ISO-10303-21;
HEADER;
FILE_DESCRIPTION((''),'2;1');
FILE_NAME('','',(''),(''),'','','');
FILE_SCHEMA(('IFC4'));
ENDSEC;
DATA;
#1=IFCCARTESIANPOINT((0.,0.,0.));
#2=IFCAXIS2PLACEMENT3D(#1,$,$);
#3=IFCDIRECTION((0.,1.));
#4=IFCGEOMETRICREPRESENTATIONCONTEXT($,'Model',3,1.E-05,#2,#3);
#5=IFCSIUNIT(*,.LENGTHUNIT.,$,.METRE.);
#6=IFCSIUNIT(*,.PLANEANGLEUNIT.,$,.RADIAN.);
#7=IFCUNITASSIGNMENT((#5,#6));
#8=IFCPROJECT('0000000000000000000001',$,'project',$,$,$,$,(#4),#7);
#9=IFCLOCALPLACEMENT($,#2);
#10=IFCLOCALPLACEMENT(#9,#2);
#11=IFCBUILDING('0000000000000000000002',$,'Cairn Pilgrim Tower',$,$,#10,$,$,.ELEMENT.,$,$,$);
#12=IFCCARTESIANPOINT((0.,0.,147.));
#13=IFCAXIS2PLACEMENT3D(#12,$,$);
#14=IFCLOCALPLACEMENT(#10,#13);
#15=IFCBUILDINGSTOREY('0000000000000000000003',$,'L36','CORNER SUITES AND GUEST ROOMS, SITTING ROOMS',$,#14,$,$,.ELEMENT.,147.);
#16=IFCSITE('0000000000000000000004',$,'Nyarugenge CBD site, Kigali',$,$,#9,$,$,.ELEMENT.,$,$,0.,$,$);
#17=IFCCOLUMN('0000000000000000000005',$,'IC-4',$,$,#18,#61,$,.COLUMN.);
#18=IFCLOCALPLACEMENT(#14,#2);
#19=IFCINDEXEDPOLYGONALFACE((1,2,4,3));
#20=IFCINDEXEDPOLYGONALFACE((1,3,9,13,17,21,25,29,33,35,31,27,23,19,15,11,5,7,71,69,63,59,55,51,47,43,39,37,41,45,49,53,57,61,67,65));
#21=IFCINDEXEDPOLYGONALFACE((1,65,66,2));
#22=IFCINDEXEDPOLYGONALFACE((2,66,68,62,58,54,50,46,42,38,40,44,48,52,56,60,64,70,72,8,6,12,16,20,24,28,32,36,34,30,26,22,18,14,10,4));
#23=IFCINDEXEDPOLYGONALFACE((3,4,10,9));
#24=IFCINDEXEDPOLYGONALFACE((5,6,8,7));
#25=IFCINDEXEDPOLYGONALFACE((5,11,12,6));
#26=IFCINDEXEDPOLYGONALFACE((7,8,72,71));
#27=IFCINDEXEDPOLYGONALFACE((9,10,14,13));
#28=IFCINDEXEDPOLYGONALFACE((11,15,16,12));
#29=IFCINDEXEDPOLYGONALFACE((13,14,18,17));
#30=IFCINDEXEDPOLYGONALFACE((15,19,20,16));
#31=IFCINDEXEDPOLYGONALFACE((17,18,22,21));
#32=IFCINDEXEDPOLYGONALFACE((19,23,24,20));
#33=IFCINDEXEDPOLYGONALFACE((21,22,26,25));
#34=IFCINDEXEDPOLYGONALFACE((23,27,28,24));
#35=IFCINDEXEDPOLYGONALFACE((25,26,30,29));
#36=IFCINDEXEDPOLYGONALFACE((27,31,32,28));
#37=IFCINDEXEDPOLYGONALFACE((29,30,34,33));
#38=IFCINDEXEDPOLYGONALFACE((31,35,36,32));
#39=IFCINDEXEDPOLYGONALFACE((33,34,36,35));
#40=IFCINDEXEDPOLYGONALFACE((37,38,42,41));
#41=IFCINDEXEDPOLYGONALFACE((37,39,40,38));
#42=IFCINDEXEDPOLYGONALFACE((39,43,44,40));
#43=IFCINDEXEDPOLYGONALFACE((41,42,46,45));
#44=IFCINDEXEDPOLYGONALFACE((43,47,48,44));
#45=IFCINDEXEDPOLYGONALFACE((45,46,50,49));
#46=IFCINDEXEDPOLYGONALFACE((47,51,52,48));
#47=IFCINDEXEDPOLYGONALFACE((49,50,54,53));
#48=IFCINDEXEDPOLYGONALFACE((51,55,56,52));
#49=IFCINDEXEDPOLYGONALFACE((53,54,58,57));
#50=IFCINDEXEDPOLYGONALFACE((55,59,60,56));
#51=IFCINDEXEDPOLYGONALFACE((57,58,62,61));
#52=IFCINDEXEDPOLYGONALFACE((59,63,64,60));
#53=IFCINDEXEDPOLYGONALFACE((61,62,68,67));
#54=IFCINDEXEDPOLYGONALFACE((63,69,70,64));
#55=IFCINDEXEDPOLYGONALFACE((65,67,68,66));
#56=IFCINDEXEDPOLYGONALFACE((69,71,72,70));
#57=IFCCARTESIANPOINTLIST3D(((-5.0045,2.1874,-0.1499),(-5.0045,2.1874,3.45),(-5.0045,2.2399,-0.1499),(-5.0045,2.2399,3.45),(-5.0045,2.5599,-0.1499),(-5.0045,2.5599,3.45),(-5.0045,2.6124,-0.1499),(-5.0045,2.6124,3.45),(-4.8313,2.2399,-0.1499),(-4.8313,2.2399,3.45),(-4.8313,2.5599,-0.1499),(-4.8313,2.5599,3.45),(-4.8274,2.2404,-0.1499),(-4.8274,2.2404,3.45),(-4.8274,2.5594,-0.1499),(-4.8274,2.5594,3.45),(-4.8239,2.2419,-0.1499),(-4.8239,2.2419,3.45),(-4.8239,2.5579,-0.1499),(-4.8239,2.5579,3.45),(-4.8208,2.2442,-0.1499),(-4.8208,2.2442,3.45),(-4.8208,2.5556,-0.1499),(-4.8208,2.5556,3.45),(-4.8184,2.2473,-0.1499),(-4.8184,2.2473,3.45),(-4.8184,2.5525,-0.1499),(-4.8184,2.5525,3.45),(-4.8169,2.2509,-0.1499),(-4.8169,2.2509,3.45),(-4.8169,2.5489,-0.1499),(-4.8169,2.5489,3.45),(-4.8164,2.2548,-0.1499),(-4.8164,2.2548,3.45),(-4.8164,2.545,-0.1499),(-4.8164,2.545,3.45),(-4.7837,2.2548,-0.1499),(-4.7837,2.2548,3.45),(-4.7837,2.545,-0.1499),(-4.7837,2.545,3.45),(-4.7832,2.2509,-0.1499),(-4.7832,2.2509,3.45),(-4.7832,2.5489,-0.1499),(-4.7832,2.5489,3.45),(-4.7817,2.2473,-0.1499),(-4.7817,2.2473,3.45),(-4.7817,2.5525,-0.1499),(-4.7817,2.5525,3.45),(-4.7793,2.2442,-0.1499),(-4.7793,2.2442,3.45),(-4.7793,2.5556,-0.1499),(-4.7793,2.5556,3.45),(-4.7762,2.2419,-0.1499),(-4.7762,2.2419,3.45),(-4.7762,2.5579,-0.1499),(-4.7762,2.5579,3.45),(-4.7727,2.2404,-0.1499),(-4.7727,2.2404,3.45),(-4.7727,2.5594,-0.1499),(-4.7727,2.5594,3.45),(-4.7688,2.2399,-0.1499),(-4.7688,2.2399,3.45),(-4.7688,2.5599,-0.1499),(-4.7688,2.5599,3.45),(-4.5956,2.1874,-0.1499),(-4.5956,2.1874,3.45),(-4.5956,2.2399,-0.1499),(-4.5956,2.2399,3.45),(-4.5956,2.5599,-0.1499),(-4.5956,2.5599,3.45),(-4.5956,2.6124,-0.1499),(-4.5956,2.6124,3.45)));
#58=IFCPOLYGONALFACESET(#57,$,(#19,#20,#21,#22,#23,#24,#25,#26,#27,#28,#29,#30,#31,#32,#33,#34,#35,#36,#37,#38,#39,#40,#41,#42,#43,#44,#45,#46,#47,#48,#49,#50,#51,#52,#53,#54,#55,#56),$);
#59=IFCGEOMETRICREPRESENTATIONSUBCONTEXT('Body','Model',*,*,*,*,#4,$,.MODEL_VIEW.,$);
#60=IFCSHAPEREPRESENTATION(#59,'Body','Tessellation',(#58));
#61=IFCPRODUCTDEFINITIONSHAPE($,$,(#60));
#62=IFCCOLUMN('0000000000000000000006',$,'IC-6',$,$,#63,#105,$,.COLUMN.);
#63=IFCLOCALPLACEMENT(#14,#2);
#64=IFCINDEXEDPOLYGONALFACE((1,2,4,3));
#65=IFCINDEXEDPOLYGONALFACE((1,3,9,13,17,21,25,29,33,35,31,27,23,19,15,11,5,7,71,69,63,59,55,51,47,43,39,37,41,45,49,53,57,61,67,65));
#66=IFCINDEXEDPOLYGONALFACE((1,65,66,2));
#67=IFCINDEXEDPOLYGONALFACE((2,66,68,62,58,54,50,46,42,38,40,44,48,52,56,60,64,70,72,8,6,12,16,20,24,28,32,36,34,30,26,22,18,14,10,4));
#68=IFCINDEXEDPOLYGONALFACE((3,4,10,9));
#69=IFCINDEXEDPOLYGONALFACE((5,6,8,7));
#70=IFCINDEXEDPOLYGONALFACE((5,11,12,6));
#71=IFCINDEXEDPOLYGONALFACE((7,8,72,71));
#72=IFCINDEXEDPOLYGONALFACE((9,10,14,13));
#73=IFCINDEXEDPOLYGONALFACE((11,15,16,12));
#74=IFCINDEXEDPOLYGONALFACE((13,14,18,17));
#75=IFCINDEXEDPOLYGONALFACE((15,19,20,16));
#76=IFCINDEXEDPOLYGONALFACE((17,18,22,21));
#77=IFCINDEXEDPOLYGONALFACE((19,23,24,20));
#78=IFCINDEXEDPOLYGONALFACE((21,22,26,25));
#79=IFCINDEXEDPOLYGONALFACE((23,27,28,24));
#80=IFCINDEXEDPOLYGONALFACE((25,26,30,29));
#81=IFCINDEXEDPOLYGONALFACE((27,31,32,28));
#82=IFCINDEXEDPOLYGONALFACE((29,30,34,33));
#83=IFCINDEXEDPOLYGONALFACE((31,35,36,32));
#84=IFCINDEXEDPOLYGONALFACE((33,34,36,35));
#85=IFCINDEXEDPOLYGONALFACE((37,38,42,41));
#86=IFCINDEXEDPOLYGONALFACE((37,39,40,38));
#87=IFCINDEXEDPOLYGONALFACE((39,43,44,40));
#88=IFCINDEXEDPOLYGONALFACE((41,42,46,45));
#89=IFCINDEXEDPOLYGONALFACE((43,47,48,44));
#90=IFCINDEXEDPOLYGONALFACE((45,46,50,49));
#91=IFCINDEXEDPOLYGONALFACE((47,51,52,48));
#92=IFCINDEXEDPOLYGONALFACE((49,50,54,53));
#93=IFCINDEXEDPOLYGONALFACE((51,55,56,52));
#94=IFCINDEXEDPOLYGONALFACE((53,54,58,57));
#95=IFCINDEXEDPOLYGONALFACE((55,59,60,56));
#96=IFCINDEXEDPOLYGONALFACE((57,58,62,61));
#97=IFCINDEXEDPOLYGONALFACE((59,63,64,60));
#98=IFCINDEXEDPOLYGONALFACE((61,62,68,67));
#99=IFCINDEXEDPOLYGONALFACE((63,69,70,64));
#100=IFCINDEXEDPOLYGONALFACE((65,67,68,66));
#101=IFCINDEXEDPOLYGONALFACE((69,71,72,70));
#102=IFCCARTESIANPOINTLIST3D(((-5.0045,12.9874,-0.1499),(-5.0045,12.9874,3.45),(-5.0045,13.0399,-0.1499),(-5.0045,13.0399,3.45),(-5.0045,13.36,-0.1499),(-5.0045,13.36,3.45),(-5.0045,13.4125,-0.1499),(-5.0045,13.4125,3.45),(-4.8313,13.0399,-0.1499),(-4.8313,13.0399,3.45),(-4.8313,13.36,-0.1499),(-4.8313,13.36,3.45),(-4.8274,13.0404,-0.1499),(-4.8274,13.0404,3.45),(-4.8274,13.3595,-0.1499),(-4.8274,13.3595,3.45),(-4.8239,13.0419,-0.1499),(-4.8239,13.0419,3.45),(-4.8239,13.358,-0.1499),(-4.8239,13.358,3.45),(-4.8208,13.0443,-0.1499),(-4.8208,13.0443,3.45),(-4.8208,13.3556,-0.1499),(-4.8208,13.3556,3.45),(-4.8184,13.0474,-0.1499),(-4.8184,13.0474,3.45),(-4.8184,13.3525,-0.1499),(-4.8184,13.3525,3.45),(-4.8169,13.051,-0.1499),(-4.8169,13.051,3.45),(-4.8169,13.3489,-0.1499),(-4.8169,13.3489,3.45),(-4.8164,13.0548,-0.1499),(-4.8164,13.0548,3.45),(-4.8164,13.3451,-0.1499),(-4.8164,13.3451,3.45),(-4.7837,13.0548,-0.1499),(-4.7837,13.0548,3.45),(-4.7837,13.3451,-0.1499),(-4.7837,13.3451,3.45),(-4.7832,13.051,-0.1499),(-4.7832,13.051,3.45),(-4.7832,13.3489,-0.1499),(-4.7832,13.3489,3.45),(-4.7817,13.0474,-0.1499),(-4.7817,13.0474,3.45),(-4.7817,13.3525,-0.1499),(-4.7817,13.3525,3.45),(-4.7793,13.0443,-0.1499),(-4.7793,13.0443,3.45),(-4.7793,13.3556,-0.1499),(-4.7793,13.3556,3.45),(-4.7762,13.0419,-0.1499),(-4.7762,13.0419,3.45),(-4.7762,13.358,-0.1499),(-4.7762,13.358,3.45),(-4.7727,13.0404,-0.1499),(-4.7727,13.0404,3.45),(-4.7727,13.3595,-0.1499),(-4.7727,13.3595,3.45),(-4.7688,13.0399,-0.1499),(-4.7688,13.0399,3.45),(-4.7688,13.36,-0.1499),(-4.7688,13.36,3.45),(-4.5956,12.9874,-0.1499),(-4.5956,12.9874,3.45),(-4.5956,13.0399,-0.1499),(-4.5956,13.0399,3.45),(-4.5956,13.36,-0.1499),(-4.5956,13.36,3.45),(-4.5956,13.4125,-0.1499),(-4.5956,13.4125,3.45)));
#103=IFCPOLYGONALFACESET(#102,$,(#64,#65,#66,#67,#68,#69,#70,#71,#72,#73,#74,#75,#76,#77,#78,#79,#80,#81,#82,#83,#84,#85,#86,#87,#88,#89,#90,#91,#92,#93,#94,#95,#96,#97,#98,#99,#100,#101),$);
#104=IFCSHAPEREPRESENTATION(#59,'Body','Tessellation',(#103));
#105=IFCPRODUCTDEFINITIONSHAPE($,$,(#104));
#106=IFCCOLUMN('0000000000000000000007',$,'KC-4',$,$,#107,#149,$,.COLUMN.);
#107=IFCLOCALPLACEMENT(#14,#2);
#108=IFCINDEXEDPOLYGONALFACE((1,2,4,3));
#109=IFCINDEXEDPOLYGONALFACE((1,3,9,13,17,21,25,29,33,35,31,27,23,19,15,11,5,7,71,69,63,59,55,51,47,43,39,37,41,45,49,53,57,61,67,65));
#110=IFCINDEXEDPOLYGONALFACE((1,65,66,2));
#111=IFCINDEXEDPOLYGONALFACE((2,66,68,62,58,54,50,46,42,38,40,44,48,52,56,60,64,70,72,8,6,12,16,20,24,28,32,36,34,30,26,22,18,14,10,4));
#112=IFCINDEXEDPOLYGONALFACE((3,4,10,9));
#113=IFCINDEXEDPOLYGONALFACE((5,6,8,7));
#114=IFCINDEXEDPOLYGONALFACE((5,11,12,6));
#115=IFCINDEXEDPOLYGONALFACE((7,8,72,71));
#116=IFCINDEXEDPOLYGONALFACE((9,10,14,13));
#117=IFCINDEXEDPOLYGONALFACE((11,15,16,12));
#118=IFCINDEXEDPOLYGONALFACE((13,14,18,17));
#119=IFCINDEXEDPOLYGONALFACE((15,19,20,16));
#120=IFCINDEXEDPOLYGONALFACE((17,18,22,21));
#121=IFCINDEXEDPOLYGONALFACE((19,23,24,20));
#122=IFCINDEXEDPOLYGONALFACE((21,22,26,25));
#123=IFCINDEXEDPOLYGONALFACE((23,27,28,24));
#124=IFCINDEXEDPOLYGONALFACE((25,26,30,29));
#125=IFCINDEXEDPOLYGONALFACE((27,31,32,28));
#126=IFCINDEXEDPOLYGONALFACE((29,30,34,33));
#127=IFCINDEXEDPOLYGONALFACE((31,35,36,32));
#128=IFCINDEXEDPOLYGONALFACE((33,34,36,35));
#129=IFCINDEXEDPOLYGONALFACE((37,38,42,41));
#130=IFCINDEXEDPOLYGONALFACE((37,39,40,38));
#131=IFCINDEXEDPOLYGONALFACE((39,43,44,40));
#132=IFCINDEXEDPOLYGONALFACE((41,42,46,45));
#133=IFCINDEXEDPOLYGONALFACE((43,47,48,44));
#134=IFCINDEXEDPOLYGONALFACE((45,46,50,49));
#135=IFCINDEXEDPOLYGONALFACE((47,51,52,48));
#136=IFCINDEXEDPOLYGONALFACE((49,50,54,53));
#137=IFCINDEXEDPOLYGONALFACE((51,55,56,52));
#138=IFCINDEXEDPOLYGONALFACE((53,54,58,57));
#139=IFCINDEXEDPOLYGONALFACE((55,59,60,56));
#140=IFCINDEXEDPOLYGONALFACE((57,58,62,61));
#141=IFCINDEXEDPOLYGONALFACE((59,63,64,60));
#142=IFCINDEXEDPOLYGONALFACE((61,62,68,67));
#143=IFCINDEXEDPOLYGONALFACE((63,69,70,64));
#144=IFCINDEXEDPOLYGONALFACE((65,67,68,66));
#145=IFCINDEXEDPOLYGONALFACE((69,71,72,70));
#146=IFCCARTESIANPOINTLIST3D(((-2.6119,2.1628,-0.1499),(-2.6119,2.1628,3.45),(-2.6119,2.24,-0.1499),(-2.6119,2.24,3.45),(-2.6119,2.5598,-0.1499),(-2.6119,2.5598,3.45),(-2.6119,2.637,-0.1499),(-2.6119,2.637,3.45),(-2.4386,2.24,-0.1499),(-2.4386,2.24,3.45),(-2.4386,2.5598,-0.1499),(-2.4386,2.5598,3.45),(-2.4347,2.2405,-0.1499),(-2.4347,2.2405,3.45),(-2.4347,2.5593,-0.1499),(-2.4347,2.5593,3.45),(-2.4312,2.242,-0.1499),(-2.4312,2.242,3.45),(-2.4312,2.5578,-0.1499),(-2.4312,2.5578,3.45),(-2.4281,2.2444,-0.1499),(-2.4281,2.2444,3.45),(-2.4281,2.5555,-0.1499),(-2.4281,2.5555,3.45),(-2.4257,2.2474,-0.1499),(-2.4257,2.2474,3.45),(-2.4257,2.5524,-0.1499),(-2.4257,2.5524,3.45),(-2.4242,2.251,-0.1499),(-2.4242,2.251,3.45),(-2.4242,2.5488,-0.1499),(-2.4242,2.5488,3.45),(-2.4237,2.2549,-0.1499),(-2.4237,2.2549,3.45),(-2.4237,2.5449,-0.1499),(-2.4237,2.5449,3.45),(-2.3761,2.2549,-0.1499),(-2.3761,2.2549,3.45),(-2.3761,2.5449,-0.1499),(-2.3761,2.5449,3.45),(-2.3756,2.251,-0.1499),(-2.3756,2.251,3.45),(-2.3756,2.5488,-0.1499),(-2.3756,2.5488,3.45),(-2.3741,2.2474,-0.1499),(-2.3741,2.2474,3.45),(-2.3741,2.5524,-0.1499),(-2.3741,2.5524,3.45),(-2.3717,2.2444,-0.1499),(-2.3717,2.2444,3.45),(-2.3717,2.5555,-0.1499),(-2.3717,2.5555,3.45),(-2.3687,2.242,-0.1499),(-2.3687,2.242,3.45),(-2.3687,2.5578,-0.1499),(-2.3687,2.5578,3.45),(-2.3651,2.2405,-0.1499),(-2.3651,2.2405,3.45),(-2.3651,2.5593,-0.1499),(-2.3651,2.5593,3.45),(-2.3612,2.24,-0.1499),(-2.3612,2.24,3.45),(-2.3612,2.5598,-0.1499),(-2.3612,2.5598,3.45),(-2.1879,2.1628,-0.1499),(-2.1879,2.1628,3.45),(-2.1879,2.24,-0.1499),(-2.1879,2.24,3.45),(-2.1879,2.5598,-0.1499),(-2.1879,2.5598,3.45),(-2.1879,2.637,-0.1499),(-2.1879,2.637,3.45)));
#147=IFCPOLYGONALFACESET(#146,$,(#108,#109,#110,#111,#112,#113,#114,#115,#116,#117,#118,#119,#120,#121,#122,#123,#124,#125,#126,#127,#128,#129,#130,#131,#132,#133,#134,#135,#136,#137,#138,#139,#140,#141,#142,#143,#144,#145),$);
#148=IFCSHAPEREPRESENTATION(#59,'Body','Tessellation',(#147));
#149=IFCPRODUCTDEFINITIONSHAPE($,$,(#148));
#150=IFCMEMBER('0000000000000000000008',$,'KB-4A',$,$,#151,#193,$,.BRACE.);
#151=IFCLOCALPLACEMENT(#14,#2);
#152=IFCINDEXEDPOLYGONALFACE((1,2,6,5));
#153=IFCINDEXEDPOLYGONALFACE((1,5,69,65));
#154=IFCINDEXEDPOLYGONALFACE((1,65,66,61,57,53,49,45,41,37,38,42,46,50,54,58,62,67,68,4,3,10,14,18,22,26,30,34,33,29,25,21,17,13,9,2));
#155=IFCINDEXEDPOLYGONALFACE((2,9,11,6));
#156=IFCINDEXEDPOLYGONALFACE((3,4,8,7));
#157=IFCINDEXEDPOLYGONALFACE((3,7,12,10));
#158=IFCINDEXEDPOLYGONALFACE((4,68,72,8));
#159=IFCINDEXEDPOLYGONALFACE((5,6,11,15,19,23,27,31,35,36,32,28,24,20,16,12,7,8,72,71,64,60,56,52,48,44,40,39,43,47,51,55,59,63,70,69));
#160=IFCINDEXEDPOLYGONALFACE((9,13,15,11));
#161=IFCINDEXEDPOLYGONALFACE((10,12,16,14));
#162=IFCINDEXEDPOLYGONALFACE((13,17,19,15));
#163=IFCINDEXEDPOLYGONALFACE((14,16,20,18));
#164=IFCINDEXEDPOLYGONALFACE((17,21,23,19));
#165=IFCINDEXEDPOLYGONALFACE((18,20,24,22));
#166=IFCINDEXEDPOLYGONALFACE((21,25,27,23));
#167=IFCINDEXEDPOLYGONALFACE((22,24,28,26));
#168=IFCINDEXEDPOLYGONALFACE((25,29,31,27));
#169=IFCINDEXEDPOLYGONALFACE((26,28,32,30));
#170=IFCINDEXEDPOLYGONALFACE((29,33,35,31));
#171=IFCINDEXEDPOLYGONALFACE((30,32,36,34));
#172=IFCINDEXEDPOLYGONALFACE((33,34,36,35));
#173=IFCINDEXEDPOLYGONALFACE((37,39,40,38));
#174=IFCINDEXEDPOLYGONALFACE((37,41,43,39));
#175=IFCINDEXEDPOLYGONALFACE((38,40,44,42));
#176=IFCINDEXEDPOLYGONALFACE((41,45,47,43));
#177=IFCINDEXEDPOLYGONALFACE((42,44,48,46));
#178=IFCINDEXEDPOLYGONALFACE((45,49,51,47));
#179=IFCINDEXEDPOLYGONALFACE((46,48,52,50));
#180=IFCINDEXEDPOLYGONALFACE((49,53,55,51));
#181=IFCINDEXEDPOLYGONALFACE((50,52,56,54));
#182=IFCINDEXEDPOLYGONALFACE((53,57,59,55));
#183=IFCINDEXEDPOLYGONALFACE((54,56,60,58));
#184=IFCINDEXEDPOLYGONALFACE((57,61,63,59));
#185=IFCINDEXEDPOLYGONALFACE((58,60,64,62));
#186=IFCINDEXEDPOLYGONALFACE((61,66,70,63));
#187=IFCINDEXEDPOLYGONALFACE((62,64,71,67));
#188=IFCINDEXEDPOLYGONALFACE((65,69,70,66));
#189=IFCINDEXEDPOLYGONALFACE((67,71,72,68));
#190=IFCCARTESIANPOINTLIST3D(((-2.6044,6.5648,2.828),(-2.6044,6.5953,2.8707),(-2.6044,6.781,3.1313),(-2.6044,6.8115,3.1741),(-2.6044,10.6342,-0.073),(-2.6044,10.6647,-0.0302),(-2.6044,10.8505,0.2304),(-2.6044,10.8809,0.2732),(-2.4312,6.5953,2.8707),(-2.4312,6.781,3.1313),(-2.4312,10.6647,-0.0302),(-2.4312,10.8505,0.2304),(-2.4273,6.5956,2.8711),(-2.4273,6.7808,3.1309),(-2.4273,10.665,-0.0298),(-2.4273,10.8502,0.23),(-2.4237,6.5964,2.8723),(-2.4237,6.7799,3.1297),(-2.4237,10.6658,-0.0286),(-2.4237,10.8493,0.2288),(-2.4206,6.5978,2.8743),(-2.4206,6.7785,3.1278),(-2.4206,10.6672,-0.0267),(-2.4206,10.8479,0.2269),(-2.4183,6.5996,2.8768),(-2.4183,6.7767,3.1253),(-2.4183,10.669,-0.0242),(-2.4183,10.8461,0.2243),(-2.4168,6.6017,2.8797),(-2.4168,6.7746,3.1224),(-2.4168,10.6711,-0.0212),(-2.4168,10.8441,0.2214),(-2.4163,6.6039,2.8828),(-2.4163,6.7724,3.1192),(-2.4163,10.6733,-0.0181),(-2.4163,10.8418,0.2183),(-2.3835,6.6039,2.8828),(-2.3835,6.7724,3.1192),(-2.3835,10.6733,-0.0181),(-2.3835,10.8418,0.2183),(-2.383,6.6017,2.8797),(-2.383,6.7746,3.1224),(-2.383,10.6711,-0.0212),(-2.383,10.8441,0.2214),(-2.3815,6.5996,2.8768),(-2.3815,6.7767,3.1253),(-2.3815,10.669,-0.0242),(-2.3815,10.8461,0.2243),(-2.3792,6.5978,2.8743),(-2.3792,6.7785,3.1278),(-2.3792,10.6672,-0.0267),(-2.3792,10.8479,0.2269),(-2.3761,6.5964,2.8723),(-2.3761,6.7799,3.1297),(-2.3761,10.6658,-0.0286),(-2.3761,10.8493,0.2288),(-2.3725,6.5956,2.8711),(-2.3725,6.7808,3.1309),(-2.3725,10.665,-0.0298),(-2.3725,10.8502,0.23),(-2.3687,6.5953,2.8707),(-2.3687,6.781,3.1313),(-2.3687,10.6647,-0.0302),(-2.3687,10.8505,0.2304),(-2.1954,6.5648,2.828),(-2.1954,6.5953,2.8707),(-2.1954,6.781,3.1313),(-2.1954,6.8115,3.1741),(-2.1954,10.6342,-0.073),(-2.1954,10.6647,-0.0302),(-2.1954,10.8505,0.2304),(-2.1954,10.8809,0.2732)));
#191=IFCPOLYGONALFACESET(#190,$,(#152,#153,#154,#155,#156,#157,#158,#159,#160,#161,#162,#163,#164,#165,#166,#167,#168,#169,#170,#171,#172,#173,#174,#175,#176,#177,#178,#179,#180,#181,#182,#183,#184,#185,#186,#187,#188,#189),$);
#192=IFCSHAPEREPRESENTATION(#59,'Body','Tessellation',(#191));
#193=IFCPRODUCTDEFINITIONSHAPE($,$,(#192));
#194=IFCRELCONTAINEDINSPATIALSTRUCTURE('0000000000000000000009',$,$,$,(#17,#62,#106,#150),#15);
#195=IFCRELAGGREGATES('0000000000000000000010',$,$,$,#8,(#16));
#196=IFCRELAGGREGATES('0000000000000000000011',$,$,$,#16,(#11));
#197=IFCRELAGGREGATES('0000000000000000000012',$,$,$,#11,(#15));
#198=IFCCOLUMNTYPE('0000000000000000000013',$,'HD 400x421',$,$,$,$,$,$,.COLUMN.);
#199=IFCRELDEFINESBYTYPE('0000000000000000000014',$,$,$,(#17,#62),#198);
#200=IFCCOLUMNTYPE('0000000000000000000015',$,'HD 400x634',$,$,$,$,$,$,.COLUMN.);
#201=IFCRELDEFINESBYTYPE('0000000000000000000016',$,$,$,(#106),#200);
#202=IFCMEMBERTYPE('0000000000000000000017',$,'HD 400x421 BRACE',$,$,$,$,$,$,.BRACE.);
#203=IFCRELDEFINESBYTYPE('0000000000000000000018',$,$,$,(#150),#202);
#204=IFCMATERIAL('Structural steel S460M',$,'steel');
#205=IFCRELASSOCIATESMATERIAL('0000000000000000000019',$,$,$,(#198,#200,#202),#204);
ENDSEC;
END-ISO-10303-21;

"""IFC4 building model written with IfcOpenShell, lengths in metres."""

from ifc_helpers import new_model, si_unit, direction, frame, origin, origin_2d, place, context, subcontext, project, spatial, i_section, extrude, material, material_profile, profile_set, type_object, element, save


model = new_model("IFC4")

# Units and contexts
model_context = context("Model", 3, precision=1e-05, world=origin(), true_north=direction((0.0, 1.0)))
body_context = subcontext(model_context, "Body", "Model", "MODEL_VIEW")
ifc_project = project(units=[si_unit("LENGTHUNIT", "METRE"), si_unit("PLANEANGLEUNIT", "RADIAN")], contexts=[model_context])

# Site, building, storey
site_placement = place(None, origin())
site = spatial("IfcSite", under=ifc_project, at=site_placement, Name="Nyarugenge CBD site, Kigali", CompositionType="ELEMENT", RefElevation=0.0)
building_placement = place(site_placement, origin())
building = spatial("IfcBuilding", under=site, at=building_placement, Name="Cairn Pilgrim Tower", CompositionType="ELEMENT")
storey_placement = place(building_placement, frame((0.0, 0.0, 147.0)))
storey = spatial("IfcBuildingStorey", under=building, at=storey_placement, Name="L36", Description="CORNER SUITES AND GUEST ROOMS, SITTING ROOMS", CompositionType="ELEMENT", Elevation=147.0)

# Columns
ifc_material_1 = material(Name="Structural steel S460M", Category="steel")
ifc_material_profile_1 = material_profile(ifc_material_1, i_section(OverallWidth=0.4089, OverallDepth=0.425, WebThickness=0.0327, FlangeThickness=0.0525, FilletRadius=0.0149, at=origin_2d()), Name="HD 400x421")
ifc_profile_set_1 = profile_set([ifc_material_profile_1], Name="Structural steel S460M")
column_type_1 = type_object("IfcColumnType", Name="HD 400x421", PredefinedType="COLUMN", material=ifc_profile_set_1)
for number, where, z_axis, x_axis, name in (
    (1, (-4.8, 2.3999, -0.1499), (0.0, 0.0, 1.0), (1.0, 0.0, 0.0), "IC-4"),
    (2, (-4.8, 13.2, -0.1499), (0.0, 0.0, 1.0), (1.0, 0.0, 0.0), "IC-6"),
):
    element("IfcColumn", number, at=place(storey_placement, frame(where, z_axis=z_axis, x_axis=x_axis)), inside=storey, type_object=column_type_1, Name=name, PredefinedType="COLUMN", context=body_context, shape_type="SweptSolid", body=[
        extrude(i_section(OverallWidth=0.4089, OverallDepth=0.425, WebThickness=0.0327, FlangeThickness=0.0525, FilletRadius=0.0149, at=origin_2d()), origin(), (0.0, 0.0, 1.0), 3.5999),
    ])
ifc_material_profile_2 = material_profile(ifc_material_1, i_section(OverallWidth=0.4241, OverallDepth=0.4741, WebThickness=0.0476, FlangeThickness=0.0771, FilletRadius=0.0149, at=origin_2d()), Name="HD 400x634")
ifc_profile_set_2 = profile_set([ifc_material_profile_2], Name="Structural steel S460M")
column_type_2 = type_object("IfcColumnType", Name="HD 400x634", PredefinedType="COLUMN", material=ifc_profile_set_2)
column_placement = place(storey_placement, frame((-2.3999, 2.3999, -0.1499), z_axis=(0.0, 0.0, 1.0), x_axis=(1.0, 0.0, 0.0)))
element("IfcColumn", 3, at=column_placement, inside=storey, type_object=column_type_2, Name="KC-4", PredefinedType="COLUMN", context=body_context, shape_type="SweptSolid", body=[
    extrude(i_section(OverallWidth=0.4241, OverallDepth=0.4741, WebThickness=0.0476, FlangeThickness=0.0771, FilletRadius=0.0149, at=origin_2d()), origin(), (0.0, 0.0, 1.0), 3.5999),
])

# Member
ifc_material_profile_3 = material_profile(ifc_material_1, i_section(OverallWidth=0.4089, OverallDepth=0.425, WebThickness=0.0327, FlangeThickness=0.0525, FilletRadius=0.0149, at=origin_2d()), Name="HD 400x421")
ifc_profile_set_3 = profile_set([ifc_material_profile_3], Name="Structural steel S460M")
member_type = type_object("IfcMemberType", Name="HD 400x421 BRACE", PredefinedType="BRACE", material=ifc_profile_set_3)
for number, where, z_axis, x_axis, name in (
    (4, (-2.3999, 10.7576, 0.1001), (0.0, -0.814281, 0.580471), (1.0, 0.0, 0.0), "KB-4A"),
):
    element("IfcMember", number, at=place(storey_placement, frame(where, z_axis=z_axis, x_axis=x_axis)), inside=storey, type_object=member_type, Name=name, PredefinedType="BRACE", context=body_context, shape_type="SweptSolid", body=[
        extrude(i_section(OverallWidth=0.4089, OverallDepth=0.425, WebThickness=0.0327, FlangeThickness=0.0525, FilletRadius=0.0149, at=origin_2d()), origin(), (0.0, 0.0, 1.0), 4.9976),
    ])

save(model, "model.ifc")
